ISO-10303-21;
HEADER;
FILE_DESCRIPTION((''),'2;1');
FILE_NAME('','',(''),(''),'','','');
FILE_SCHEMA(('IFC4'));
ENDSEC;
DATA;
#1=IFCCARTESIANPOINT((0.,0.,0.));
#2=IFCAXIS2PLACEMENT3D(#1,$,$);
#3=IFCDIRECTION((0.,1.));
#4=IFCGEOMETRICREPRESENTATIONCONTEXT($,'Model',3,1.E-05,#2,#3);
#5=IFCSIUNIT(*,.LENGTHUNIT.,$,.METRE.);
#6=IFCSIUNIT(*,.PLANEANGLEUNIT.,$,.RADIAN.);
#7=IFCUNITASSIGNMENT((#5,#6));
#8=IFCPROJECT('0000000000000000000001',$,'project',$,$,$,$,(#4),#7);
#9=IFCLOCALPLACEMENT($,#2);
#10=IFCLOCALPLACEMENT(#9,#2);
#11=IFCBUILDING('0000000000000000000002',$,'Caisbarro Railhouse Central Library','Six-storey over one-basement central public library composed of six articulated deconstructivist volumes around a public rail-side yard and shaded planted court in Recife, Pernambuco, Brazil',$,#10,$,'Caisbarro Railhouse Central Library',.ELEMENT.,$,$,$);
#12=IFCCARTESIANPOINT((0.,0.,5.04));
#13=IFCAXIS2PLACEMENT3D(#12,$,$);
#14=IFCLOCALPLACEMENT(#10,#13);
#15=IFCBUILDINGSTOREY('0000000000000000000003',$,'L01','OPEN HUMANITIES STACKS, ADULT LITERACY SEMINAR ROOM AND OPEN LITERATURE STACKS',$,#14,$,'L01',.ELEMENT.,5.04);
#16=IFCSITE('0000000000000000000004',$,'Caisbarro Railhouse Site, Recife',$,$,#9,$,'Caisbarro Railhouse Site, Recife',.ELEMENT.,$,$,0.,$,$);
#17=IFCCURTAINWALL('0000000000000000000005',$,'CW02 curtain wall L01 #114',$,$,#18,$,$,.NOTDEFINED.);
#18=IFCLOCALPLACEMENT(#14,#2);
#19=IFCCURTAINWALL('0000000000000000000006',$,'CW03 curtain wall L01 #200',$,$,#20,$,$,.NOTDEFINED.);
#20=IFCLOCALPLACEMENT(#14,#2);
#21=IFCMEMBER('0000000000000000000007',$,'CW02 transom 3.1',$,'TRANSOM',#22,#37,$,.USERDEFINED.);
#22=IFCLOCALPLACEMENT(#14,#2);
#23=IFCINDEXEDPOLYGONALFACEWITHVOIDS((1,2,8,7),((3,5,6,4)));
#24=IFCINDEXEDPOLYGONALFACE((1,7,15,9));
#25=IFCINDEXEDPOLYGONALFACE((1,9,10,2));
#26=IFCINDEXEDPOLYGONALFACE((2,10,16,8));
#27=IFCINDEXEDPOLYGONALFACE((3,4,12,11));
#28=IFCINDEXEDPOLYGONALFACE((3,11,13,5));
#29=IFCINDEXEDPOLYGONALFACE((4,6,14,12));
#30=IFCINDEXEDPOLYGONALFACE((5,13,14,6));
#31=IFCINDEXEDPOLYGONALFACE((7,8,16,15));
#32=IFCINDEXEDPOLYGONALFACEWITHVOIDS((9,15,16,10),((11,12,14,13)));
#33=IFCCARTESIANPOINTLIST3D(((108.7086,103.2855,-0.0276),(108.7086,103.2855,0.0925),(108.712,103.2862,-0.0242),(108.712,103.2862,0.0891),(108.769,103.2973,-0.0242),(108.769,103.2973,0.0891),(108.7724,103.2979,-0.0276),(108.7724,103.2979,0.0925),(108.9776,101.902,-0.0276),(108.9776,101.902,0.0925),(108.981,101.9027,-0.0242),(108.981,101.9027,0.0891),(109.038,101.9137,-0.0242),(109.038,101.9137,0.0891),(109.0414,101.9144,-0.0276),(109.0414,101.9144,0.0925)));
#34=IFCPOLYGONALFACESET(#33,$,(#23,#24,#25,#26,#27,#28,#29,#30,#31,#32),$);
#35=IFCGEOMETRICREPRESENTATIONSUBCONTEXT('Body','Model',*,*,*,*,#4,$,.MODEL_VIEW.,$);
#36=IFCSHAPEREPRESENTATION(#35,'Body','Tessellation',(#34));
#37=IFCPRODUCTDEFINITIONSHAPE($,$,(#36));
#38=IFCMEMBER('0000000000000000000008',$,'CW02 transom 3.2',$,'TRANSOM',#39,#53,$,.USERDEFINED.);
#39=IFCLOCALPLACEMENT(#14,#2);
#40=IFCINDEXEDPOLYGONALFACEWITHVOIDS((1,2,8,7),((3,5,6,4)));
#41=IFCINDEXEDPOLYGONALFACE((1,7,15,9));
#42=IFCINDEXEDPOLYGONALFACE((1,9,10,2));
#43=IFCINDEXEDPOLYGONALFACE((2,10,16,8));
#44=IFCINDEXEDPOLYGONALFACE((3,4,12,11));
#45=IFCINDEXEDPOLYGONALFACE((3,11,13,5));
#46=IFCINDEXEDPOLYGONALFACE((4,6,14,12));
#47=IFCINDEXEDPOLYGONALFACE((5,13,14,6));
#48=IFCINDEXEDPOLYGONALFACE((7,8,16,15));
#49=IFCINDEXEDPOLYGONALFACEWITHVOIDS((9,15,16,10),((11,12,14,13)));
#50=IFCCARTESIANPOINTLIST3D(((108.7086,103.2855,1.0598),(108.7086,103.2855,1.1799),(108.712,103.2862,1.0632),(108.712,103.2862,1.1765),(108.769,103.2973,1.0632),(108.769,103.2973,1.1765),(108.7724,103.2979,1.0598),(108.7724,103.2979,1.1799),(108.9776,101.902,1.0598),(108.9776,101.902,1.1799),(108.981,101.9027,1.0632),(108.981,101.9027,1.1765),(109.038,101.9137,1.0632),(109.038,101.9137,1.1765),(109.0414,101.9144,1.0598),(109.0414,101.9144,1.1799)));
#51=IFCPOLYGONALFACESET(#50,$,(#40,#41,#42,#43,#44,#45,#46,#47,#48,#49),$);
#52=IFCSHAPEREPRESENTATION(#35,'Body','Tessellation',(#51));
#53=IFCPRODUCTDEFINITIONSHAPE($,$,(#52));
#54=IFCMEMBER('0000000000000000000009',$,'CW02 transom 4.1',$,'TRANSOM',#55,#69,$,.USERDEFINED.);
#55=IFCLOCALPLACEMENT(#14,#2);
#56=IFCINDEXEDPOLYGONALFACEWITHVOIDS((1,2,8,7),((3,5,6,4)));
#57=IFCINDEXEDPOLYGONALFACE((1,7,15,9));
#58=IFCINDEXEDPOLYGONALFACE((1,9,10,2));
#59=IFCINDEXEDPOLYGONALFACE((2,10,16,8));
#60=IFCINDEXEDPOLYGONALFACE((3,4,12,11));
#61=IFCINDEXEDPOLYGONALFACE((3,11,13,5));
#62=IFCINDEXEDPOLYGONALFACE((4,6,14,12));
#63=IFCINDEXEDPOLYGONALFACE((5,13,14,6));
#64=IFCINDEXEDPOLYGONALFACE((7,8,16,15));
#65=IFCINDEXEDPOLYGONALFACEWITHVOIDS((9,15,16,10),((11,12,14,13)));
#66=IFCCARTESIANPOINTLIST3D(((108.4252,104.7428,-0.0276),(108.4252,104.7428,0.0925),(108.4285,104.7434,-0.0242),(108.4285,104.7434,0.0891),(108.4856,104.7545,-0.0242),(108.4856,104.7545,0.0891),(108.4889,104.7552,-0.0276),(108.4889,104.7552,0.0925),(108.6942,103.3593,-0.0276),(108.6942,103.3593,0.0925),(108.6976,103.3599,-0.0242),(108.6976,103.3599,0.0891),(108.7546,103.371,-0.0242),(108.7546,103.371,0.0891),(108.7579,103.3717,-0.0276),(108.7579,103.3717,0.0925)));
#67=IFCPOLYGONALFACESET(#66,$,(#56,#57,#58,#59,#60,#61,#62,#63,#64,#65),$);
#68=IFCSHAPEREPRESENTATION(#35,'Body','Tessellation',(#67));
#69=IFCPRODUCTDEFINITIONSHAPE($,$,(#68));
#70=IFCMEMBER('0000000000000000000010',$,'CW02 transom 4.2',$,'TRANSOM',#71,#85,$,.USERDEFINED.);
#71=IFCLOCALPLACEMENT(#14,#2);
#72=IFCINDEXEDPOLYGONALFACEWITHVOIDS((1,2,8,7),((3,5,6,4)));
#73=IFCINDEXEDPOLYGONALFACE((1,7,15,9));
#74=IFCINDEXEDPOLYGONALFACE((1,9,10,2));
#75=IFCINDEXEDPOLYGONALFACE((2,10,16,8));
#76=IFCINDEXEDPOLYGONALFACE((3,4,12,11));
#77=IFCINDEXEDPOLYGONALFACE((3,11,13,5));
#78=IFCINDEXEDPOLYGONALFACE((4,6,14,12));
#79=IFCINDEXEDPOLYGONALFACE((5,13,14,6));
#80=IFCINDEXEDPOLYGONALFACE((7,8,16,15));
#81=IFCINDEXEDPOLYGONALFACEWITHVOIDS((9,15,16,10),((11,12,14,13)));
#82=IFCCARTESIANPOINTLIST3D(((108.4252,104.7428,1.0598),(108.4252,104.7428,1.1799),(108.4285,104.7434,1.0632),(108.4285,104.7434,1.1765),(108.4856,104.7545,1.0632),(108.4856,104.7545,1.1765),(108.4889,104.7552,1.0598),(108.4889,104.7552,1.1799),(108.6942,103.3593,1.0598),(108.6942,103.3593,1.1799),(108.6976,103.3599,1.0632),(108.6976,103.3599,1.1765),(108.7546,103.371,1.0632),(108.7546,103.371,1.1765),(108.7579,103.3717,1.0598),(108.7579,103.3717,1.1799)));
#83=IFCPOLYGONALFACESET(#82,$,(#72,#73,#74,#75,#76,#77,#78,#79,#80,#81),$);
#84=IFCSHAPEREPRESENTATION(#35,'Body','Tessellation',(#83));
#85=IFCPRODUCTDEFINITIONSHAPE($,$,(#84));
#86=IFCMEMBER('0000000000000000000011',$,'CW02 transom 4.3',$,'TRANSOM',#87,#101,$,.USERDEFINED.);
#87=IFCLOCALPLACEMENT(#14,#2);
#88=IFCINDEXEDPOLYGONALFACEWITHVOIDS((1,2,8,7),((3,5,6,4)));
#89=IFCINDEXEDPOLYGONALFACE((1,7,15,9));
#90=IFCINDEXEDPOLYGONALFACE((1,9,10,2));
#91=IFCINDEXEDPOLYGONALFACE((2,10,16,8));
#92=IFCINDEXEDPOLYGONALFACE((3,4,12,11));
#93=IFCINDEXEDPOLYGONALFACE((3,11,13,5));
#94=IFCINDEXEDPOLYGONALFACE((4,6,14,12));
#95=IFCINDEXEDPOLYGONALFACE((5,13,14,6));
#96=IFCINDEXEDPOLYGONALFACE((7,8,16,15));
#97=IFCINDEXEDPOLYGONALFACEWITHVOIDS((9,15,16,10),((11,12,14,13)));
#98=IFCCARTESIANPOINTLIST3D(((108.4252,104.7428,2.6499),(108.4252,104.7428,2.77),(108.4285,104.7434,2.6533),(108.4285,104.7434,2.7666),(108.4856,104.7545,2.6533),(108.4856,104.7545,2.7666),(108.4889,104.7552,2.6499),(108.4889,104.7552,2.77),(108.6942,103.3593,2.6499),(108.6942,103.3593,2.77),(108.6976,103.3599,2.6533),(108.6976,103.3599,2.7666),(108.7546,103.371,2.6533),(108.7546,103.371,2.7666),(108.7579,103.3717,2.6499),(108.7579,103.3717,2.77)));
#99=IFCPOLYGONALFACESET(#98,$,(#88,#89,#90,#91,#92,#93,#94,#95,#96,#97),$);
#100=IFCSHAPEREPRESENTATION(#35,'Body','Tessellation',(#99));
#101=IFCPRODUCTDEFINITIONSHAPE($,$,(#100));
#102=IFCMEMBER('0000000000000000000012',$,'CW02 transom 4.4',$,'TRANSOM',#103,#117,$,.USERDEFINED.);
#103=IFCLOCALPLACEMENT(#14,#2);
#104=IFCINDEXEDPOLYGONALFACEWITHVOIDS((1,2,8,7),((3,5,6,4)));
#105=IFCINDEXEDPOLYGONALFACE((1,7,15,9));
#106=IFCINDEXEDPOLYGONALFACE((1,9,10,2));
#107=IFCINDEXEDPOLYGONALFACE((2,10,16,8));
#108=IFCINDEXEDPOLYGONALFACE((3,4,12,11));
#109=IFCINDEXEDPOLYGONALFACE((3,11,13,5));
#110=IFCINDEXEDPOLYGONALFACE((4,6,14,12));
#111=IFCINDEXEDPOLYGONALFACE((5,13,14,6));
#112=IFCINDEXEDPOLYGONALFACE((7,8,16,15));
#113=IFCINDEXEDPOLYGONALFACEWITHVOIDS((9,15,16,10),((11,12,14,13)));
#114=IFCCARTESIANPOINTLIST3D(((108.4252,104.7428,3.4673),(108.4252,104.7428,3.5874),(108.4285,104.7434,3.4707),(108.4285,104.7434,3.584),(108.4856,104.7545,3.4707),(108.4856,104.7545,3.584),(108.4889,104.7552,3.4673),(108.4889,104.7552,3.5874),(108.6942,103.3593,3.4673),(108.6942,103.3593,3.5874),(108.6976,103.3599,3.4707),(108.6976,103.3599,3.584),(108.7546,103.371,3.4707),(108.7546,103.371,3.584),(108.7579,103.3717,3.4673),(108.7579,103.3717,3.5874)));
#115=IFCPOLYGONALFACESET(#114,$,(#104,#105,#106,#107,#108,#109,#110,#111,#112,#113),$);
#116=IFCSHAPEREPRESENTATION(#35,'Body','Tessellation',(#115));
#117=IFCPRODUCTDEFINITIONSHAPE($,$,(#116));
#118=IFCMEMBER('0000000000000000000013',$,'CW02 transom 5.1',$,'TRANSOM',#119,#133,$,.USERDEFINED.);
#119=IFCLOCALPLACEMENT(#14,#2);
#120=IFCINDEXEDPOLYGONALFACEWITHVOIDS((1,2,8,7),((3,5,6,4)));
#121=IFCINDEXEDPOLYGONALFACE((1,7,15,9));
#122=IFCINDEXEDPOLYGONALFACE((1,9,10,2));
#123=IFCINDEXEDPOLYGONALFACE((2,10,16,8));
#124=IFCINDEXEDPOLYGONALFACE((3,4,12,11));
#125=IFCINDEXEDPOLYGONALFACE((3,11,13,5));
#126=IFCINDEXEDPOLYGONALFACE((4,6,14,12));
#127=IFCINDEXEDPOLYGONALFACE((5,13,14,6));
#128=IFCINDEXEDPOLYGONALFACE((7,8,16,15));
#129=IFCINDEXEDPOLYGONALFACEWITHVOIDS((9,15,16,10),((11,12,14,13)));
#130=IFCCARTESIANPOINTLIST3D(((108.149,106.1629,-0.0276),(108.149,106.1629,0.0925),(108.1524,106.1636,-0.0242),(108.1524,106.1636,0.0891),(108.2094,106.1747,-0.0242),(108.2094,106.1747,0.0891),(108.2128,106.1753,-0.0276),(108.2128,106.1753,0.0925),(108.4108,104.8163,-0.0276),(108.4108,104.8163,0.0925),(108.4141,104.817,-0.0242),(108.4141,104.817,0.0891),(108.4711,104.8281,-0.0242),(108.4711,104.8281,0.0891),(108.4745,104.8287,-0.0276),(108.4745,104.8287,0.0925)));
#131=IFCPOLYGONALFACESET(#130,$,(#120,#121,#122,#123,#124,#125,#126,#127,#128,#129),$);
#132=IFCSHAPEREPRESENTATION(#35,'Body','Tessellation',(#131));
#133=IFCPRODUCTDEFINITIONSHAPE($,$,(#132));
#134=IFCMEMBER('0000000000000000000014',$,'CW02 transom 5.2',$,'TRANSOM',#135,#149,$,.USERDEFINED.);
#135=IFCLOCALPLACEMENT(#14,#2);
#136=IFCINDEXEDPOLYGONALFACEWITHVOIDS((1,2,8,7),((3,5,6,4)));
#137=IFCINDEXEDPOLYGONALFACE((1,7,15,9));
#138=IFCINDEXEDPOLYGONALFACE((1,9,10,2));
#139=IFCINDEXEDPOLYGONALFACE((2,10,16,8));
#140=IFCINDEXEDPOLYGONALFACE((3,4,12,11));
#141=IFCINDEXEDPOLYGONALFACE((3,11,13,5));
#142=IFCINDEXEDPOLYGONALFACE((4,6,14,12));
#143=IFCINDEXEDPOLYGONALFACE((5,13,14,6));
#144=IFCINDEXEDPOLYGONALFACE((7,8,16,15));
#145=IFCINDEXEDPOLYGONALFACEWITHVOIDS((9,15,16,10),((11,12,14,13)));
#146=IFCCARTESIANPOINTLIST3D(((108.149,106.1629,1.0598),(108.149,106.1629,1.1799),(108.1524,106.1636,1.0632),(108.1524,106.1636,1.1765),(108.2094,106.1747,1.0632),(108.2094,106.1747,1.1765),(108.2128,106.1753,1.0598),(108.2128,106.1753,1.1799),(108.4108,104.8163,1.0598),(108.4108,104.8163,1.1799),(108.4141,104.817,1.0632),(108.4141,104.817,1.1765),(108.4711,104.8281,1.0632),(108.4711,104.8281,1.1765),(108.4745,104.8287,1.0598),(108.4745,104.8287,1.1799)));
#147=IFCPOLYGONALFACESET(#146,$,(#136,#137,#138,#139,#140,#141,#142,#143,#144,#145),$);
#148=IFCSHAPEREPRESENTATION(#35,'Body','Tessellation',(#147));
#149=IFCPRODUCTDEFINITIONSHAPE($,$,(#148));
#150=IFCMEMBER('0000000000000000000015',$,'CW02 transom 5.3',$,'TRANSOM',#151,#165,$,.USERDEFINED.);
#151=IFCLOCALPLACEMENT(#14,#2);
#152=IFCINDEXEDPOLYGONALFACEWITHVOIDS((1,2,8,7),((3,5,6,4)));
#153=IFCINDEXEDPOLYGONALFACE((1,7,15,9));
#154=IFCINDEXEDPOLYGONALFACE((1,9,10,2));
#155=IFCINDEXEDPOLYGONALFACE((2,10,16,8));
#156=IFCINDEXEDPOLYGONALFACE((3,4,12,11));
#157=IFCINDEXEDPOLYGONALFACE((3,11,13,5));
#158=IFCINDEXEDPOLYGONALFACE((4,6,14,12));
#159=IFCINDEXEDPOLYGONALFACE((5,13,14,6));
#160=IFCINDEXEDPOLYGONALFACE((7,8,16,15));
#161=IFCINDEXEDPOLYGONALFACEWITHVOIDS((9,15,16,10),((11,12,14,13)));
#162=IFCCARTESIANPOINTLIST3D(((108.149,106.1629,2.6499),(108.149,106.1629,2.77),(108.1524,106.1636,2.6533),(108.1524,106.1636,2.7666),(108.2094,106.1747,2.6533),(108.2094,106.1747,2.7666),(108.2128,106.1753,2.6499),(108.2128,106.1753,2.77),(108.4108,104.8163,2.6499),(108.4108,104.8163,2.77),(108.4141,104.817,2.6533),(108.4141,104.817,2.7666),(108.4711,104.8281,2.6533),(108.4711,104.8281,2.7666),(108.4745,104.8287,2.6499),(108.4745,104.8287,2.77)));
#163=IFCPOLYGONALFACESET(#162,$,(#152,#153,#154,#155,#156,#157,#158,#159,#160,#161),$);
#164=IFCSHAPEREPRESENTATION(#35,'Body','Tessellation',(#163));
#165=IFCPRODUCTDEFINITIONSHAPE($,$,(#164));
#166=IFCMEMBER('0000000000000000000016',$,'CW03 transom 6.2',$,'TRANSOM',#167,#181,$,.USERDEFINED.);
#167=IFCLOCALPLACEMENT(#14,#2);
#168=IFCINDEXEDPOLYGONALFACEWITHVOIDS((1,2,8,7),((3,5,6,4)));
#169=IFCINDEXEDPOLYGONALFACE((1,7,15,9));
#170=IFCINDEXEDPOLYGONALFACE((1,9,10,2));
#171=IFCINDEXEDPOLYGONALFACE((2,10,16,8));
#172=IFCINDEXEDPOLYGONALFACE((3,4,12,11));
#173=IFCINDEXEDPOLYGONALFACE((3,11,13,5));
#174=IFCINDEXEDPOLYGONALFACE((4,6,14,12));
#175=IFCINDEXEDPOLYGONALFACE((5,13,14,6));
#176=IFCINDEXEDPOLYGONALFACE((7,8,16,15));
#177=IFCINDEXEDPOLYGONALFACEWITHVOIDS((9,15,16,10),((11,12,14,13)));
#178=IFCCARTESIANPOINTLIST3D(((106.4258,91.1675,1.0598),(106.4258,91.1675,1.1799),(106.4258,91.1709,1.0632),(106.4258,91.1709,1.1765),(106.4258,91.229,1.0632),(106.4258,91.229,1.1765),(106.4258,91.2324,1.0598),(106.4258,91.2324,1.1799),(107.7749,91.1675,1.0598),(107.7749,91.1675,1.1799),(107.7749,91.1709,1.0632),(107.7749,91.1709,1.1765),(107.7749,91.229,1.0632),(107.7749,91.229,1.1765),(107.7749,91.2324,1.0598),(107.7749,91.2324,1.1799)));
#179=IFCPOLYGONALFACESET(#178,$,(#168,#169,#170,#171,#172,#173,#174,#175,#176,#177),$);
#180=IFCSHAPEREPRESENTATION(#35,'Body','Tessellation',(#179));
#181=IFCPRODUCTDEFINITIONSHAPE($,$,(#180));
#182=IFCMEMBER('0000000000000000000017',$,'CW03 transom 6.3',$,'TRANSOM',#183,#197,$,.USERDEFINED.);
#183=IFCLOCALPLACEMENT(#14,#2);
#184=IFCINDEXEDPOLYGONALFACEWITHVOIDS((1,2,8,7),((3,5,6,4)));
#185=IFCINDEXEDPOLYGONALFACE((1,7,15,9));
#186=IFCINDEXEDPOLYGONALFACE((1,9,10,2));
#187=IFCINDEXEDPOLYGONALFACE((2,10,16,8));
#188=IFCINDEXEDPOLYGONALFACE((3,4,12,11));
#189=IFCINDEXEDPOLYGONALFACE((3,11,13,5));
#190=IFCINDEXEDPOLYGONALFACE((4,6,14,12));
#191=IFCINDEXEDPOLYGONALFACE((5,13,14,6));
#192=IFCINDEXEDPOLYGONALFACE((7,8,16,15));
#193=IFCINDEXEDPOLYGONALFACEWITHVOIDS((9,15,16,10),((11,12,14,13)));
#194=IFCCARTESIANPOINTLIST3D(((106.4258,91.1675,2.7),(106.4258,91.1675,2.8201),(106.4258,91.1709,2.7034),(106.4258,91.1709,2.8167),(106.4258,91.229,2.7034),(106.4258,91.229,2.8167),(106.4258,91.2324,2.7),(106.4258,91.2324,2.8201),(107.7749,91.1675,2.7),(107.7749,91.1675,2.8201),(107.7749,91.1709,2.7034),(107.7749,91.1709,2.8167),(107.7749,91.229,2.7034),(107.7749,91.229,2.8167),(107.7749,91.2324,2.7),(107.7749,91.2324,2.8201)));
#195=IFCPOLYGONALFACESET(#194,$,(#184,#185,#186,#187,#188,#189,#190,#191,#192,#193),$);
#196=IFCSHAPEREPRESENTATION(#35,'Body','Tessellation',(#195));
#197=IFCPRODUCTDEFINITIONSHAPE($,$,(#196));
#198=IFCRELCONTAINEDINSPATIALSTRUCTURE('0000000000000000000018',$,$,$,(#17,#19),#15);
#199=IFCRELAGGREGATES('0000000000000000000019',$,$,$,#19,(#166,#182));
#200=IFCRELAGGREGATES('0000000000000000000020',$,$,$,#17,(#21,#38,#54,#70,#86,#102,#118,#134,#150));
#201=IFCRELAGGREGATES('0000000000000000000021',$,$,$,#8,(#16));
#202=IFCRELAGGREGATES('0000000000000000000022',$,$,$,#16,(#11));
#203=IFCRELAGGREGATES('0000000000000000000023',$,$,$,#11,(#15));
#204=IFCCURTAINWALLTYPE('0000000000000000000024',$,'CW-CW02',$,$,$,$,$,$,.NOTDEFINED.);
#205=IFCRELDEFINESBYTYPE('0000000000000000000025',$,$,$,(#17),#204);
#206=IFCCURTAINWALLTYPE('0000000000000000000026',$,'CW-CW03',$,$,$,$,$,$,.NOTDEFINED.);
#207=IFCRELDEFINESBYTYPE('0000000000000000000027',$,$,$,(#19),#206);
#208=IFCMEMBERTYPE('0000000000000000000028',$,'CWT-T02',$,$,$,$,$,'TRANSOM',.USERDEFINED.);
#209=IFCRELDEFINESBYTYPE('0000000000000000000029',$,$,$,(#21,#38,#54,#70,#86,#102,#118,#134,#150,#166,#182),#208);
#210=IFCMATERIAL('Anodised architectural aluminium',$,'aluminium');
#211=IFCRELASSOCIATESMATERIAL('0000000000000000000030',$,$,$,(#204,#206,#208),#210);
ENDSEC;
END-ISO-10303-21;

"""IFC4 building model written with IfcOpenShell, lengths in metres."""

from ifc_helpers import new_model, si_unit, direction, frame, origin, origin_2d, place, context, subcontext, project, spatial, hollow_rectangle, extrude, material, material_profile, profile_set, type_object, element, aggregate, save


model = new_model("IFC4")

# Units and contexts
model_context = context("Model", 3, precision=1e-05, world=origin(), true_north=direction((0.0, 1.0)))
body_context = subcontext(model_context, "Body", "Model", "MODEL_VIEW")
ifc_project = project(units=[si_unit("LENGTHUNIT", "METRE"), si_unit("PLANEANGLEUNIT", "RADIAN")], contexts=[model_context])

# Site, building, storey
site_placement = place(None, origin())
site = spatial("IfcSite", under=ifc_project, at=site_placement, Name="Caisbarro Railhouse Site, Recife", LongName="Caisbarro Railhouse Site, Recife", CompositionType="ELEMENT", RefElevation=0.0)
building_placement = place(site_placement, origin())
building = spatial("IfcBuilding", under=site, at=building_placement, Name="Caisbarro Railhouse Central Library", Description="Six-storey over one-basement central public library composed of six articulated deconstructivist volumes around a public rail-side yard and shaded planted court in Recife, Pernambuco, Brazil", LongName="Caisbarro Railhouse Central Library", CompositionType="ELEMENT")
storey_placement = place(building_placement, frame((0.0, 0.0, 5.04)))
storey = spatial("IfcBuildingStorey", under=building, at=storey_placement, Name="L01", Description="OPEN HUMANITIES STACKS, ADULT LITERACY SEMINAR ROOM AND OPEN LITERATURE STACKS", LongName="L01", CompositionType="ELEMENT", Elevation=5.04)

# Curtain wall
ifc_material_1 = material(Name="Anodised architectural aluminium", Category="aluminium")
curtain_wall_type_1 = type_object("IfcCurtainWallType", Name="CW-CW02", PredefinedType="NOTDEFINED", material=ifc_material_1)
curtain_wall_1_placement = place(storey_placement, origin())
curtain_wall_1 = element("IfcCurtainWall", 1, at=curtain_wall_1_placement, inside=storey, type_object=curtain_wall_type_1, Name="CW02 curtain wall L01 #114", PredefinedType="NOTDEFINED")

# Curtain wall
curtain_wall_type_2 = type_object("IfcCurtainWallType", Name="CW-CW03", PredefinedType="NOTDEFINED", material=ifc_material_1)
curtain_wall_2_placement = place(storey_placement, origin())
curtain_wall_2 = element("IfcCurtainWall", 2, at=curtain_wall_2_placement, inside=storey, type_object=curtain_wall_type_2, Name="CW03 curtain wall L01 #200", PredefinedType="NOTDEFINED")

# Members
ifc_material_profile_1 = material_profile(ifc_material_1, hollow_rectangle(XDim=0.0649, YDim=0.1201, WallThickness=0.0034, at=origin_2d()), Name="ALU-TRN-65X120")
ifc_profile_set_1 = profile_set([ifc_material_profile_1], Name="Anodised architectural aluminium")
member_type_1 = type_object("IfcMemberType", Name="CWT-T02", ElementType="TRANSOM", PredefinedType="USERDEFINED", material=ifc_profile_set_1)
member_1_placement = place(storey_placement, frame((109.0095, 101.9082, 0.0325), z_axis=(-0.190884, 0.981613, 0.0), x_axis=(-0.981613, -0.190884, 0.0)))
member_1 = element("IfcMember", 3, at=member_1_placement, type_object=member_type_1, Name="CW02 transom 3.1", ObjectType="TRANSOM", PredefinedType="USERDEFINED", context=body_context, shape_type="SweptSolid", body=[
    extrude(hollow_rectangle(XDim=0.0649, YDim=0.1201, WallThickness=0.0034, at=origin_2d()), origin(), (0.0, 0.0, 1.0), 1.4094),
])
member_2_placement = place(storey_placement, frame((109.0095, 101.9082, 1.1199), z_axis=(-0.190884, 0.981613, 0.0), x_axis=(-0.981613, -0.190884, 0.0)))
member_2 = element("IfcMember", 4, at=member_2_placement, type_object=member_type_1, Name="CW02 transom 3.2", ObjectType="TRANSOM", PredefinedType="USERDEFINED", context=body_context, shape_type="SweptSolid", body=[
    extrude(hollow_rectangle(XDim=0.0649, YDim=0.1201, WallThickness=0.0034, at=origin_2d()), origin(), (0.0, 0.0, 1.0), 1.4094),
])
member_3_placement = place(storey_placement, frame((108.7261, 103.3655, 0.0325), z_axis=(-0.190884, 0.981613, 0.0), x_axis=(-0.981613, -0.190884, 0.0)))
member_3 = element("IfcMember", 5, at=member_3_placement, type_object=member_type_1, Name="CW02 transom 4.1", ObjectType="TRANSOM", PredefinedType="USERDEFINED", context=body_context, shape_type="SweptSolid", body=[
    extrude(hollow_rectangle(XDim=0.0649, YDim=0.1201, WallThickness=0.0034, at=origin_2d()), origin(), (0.0, 0.0, 1.0), 1.4094),
])
member_4_placement = place(storey_placement, frame((108.7261, 103.3655, 1.1199), z_axis=(-0.190884, 0.981613, 0.0), x_axis=(-0.981613, -0.190884, 0.0)))
member_4 = element("IfcMember", 6, at=member_4_placement, type_object=member_type_1, Name="CW02 transom 4.2", ObjectType="TRANSOM", PredefinedType="USERDEFINED", context=body_context, shape_type="SweptSolid", body=[
    extrude(hollow_rectangle(XDim=0.0649, YDim=0.1201, WallThickness=0.0034, at=origin_2d()), origin(), (0.0, 0.0, 1.0), 1.4094),
])
member_5_placement = place(storey_placement, frame((108.7261, 103.3655, 2.71), z_axis=(-0.190884, 0.981613, 0.0), x_axis=(-0.981613, -0.190884, 0.0)))
member_5 = element("IfcMember", 7, at=member_5_placement, type_object=member_type_1, Name="CW02 transom 4.3", ObjectType="TRANSOM", PredefinedType="USERDEFINED", context=body_context, shape_type="SweptSolid", body=[
    extrude(hollow_rectangle(XDim=0.0649, YDim=0.1201, WallThickness=0.0034, at=origin_2d()), origin(), (0.0, 0.0, 1.0), 1.4094),
])
member_6_placement = place(storey_placement, frame((108.7261, 103.3655, 3.5273), z_axis=(-0.190884, 0.981613, 0.0), x_axis=(-0.981613, -0.190884, 0.0)))
member_6 = element("IfcMember", 8, at=member_6_placement, type_object=member_type_1, Name="CW02 transom 4.4", ObjectType="TRANSOM", PredefinedType="USERDEFINED", context=body_context, shape_type="SweptSolid", body=[
    extrude(hollow_rectangle(XDim=0.0649, YDim=0.1201, WallThickness=0.0034, at=origin_2d()), origin(), (0.0, 0.0, 1.0), 1.4094),
])
member_7_placement = place(storey_placement, frame((108.4426, 104.8225, 0.0325), z_axis=(-0.190774, 0.981634, 0.0), x_axis=(-0.981634, -0.190774, 0.0)))
member_7 = element("IfcMember", 9, at=member_7_placement, type_object=member_type_1, Name="CW02 transom 5.1", ObjectType="TRANSOM", PredefinedType="USERDEFINED", context=body_context, shape_type="SweptSolid", body=[
    extrude(hollow_rectangle(XDim=0.0649, YDim=0.1201, WallThickness=0.0034, at=origin_2d()), origin(), (0.0, 0.0, 1.0), 1.3718),
])
member_8_placement = place(storey_placement, frame((108.4426, 104.8225, 1.1199), z_axis=(-0.190774, 0.981634, 0.0), x_axis=(-0.981634, -0.190774, 0.0)))
member_8 = element("IfcMember", 10, at=member_8_placement, type_object=member_type_1, Name="CW02 transom 5.2", ObjectType="TRANSOM", PredefinedType="USERDEFINED", context=body_context, shape_type="SweptSolid", body=[
    extrude(hollow_rectangle(XDim=0.0649, YDim=0.1201, WallThickness=0.0034, at=origin_2d()), origin(), (0.0, 0.0, 1.0), 1.3718),
])
member_9_placement = place(storey_placement, frame((108.4426, 104.8225, 2.71), z_axis=(-0.190774, 0.981634, 0.0), x_axis=(-0.981634, -0.190774, 0.0)))
member_9 = element("IfcMember", 11, at=member_9_placement, type_object=member_type_1, Name="CW02 transom 5.3", ObjectType="TRANSOM", PredefinedType="USERDEFINED", context=body_context, shape_type="SweptSolid", body=[
    extrude(hollow_rectangle(XDim=0.0649, YDim=0.1201, WallThickness=0.0034, at=origin_2d()), origin(), (0.0, 0.0, 1.0), 1.3718),
])
member_10_placement = place(storey_placement, frame((106.4258, 91.2, 1.1199), z_axis=(1.0, 0.0, 0.0), x_axis=(0.0, 1.0, 0.0)))
member_10 = element("IfcMember", 12, at=member_10_placement, type_object=member_type_1, Name="CW03 transom 6.2", ObjectType="TRANSOM", PredefinedType="USERDEFINED", context=body_context, shape_type="SweptSolid", body=[
    extrude(hollow_rectangle(XDim=0.0649, YDim=0.1201, WallThickness=0.0034, at=origin_2d()), origin(), (0.0, 0.0, 1.0), 1.3491),
])
member_11_placement = place(storey_placement, frame((106.4258, 91.2, 2.76), z_axis=(1.0, 0.0, 0.0), x_axis=(0.0, 1.0, 0.0)))
member_11 = element("IfcMember", 13, at=member_11_placement, type_object=member_type_1, Name="CW03 transom 6.3", ObjectType="TRANSOM", PredefinedType="USERDEFINED", context=body_context, shape_type="SweptSolid", body=[
    extrude(hollow_rectangle(XDim=0.0649, YDim=0.1201, WallThickness=0.0034, at=origin_2d()), origin(), (0.0, 0.0, 1.0), 1.3491),
])

aggregate(curtain_wall_2, [member_10, member_11])
aggregate(curtain_wall_1, [member_1, member_2, member_3, member_4, member_5, member_6, member_7, member_8, member_9])

save(model, "model.ifc")
